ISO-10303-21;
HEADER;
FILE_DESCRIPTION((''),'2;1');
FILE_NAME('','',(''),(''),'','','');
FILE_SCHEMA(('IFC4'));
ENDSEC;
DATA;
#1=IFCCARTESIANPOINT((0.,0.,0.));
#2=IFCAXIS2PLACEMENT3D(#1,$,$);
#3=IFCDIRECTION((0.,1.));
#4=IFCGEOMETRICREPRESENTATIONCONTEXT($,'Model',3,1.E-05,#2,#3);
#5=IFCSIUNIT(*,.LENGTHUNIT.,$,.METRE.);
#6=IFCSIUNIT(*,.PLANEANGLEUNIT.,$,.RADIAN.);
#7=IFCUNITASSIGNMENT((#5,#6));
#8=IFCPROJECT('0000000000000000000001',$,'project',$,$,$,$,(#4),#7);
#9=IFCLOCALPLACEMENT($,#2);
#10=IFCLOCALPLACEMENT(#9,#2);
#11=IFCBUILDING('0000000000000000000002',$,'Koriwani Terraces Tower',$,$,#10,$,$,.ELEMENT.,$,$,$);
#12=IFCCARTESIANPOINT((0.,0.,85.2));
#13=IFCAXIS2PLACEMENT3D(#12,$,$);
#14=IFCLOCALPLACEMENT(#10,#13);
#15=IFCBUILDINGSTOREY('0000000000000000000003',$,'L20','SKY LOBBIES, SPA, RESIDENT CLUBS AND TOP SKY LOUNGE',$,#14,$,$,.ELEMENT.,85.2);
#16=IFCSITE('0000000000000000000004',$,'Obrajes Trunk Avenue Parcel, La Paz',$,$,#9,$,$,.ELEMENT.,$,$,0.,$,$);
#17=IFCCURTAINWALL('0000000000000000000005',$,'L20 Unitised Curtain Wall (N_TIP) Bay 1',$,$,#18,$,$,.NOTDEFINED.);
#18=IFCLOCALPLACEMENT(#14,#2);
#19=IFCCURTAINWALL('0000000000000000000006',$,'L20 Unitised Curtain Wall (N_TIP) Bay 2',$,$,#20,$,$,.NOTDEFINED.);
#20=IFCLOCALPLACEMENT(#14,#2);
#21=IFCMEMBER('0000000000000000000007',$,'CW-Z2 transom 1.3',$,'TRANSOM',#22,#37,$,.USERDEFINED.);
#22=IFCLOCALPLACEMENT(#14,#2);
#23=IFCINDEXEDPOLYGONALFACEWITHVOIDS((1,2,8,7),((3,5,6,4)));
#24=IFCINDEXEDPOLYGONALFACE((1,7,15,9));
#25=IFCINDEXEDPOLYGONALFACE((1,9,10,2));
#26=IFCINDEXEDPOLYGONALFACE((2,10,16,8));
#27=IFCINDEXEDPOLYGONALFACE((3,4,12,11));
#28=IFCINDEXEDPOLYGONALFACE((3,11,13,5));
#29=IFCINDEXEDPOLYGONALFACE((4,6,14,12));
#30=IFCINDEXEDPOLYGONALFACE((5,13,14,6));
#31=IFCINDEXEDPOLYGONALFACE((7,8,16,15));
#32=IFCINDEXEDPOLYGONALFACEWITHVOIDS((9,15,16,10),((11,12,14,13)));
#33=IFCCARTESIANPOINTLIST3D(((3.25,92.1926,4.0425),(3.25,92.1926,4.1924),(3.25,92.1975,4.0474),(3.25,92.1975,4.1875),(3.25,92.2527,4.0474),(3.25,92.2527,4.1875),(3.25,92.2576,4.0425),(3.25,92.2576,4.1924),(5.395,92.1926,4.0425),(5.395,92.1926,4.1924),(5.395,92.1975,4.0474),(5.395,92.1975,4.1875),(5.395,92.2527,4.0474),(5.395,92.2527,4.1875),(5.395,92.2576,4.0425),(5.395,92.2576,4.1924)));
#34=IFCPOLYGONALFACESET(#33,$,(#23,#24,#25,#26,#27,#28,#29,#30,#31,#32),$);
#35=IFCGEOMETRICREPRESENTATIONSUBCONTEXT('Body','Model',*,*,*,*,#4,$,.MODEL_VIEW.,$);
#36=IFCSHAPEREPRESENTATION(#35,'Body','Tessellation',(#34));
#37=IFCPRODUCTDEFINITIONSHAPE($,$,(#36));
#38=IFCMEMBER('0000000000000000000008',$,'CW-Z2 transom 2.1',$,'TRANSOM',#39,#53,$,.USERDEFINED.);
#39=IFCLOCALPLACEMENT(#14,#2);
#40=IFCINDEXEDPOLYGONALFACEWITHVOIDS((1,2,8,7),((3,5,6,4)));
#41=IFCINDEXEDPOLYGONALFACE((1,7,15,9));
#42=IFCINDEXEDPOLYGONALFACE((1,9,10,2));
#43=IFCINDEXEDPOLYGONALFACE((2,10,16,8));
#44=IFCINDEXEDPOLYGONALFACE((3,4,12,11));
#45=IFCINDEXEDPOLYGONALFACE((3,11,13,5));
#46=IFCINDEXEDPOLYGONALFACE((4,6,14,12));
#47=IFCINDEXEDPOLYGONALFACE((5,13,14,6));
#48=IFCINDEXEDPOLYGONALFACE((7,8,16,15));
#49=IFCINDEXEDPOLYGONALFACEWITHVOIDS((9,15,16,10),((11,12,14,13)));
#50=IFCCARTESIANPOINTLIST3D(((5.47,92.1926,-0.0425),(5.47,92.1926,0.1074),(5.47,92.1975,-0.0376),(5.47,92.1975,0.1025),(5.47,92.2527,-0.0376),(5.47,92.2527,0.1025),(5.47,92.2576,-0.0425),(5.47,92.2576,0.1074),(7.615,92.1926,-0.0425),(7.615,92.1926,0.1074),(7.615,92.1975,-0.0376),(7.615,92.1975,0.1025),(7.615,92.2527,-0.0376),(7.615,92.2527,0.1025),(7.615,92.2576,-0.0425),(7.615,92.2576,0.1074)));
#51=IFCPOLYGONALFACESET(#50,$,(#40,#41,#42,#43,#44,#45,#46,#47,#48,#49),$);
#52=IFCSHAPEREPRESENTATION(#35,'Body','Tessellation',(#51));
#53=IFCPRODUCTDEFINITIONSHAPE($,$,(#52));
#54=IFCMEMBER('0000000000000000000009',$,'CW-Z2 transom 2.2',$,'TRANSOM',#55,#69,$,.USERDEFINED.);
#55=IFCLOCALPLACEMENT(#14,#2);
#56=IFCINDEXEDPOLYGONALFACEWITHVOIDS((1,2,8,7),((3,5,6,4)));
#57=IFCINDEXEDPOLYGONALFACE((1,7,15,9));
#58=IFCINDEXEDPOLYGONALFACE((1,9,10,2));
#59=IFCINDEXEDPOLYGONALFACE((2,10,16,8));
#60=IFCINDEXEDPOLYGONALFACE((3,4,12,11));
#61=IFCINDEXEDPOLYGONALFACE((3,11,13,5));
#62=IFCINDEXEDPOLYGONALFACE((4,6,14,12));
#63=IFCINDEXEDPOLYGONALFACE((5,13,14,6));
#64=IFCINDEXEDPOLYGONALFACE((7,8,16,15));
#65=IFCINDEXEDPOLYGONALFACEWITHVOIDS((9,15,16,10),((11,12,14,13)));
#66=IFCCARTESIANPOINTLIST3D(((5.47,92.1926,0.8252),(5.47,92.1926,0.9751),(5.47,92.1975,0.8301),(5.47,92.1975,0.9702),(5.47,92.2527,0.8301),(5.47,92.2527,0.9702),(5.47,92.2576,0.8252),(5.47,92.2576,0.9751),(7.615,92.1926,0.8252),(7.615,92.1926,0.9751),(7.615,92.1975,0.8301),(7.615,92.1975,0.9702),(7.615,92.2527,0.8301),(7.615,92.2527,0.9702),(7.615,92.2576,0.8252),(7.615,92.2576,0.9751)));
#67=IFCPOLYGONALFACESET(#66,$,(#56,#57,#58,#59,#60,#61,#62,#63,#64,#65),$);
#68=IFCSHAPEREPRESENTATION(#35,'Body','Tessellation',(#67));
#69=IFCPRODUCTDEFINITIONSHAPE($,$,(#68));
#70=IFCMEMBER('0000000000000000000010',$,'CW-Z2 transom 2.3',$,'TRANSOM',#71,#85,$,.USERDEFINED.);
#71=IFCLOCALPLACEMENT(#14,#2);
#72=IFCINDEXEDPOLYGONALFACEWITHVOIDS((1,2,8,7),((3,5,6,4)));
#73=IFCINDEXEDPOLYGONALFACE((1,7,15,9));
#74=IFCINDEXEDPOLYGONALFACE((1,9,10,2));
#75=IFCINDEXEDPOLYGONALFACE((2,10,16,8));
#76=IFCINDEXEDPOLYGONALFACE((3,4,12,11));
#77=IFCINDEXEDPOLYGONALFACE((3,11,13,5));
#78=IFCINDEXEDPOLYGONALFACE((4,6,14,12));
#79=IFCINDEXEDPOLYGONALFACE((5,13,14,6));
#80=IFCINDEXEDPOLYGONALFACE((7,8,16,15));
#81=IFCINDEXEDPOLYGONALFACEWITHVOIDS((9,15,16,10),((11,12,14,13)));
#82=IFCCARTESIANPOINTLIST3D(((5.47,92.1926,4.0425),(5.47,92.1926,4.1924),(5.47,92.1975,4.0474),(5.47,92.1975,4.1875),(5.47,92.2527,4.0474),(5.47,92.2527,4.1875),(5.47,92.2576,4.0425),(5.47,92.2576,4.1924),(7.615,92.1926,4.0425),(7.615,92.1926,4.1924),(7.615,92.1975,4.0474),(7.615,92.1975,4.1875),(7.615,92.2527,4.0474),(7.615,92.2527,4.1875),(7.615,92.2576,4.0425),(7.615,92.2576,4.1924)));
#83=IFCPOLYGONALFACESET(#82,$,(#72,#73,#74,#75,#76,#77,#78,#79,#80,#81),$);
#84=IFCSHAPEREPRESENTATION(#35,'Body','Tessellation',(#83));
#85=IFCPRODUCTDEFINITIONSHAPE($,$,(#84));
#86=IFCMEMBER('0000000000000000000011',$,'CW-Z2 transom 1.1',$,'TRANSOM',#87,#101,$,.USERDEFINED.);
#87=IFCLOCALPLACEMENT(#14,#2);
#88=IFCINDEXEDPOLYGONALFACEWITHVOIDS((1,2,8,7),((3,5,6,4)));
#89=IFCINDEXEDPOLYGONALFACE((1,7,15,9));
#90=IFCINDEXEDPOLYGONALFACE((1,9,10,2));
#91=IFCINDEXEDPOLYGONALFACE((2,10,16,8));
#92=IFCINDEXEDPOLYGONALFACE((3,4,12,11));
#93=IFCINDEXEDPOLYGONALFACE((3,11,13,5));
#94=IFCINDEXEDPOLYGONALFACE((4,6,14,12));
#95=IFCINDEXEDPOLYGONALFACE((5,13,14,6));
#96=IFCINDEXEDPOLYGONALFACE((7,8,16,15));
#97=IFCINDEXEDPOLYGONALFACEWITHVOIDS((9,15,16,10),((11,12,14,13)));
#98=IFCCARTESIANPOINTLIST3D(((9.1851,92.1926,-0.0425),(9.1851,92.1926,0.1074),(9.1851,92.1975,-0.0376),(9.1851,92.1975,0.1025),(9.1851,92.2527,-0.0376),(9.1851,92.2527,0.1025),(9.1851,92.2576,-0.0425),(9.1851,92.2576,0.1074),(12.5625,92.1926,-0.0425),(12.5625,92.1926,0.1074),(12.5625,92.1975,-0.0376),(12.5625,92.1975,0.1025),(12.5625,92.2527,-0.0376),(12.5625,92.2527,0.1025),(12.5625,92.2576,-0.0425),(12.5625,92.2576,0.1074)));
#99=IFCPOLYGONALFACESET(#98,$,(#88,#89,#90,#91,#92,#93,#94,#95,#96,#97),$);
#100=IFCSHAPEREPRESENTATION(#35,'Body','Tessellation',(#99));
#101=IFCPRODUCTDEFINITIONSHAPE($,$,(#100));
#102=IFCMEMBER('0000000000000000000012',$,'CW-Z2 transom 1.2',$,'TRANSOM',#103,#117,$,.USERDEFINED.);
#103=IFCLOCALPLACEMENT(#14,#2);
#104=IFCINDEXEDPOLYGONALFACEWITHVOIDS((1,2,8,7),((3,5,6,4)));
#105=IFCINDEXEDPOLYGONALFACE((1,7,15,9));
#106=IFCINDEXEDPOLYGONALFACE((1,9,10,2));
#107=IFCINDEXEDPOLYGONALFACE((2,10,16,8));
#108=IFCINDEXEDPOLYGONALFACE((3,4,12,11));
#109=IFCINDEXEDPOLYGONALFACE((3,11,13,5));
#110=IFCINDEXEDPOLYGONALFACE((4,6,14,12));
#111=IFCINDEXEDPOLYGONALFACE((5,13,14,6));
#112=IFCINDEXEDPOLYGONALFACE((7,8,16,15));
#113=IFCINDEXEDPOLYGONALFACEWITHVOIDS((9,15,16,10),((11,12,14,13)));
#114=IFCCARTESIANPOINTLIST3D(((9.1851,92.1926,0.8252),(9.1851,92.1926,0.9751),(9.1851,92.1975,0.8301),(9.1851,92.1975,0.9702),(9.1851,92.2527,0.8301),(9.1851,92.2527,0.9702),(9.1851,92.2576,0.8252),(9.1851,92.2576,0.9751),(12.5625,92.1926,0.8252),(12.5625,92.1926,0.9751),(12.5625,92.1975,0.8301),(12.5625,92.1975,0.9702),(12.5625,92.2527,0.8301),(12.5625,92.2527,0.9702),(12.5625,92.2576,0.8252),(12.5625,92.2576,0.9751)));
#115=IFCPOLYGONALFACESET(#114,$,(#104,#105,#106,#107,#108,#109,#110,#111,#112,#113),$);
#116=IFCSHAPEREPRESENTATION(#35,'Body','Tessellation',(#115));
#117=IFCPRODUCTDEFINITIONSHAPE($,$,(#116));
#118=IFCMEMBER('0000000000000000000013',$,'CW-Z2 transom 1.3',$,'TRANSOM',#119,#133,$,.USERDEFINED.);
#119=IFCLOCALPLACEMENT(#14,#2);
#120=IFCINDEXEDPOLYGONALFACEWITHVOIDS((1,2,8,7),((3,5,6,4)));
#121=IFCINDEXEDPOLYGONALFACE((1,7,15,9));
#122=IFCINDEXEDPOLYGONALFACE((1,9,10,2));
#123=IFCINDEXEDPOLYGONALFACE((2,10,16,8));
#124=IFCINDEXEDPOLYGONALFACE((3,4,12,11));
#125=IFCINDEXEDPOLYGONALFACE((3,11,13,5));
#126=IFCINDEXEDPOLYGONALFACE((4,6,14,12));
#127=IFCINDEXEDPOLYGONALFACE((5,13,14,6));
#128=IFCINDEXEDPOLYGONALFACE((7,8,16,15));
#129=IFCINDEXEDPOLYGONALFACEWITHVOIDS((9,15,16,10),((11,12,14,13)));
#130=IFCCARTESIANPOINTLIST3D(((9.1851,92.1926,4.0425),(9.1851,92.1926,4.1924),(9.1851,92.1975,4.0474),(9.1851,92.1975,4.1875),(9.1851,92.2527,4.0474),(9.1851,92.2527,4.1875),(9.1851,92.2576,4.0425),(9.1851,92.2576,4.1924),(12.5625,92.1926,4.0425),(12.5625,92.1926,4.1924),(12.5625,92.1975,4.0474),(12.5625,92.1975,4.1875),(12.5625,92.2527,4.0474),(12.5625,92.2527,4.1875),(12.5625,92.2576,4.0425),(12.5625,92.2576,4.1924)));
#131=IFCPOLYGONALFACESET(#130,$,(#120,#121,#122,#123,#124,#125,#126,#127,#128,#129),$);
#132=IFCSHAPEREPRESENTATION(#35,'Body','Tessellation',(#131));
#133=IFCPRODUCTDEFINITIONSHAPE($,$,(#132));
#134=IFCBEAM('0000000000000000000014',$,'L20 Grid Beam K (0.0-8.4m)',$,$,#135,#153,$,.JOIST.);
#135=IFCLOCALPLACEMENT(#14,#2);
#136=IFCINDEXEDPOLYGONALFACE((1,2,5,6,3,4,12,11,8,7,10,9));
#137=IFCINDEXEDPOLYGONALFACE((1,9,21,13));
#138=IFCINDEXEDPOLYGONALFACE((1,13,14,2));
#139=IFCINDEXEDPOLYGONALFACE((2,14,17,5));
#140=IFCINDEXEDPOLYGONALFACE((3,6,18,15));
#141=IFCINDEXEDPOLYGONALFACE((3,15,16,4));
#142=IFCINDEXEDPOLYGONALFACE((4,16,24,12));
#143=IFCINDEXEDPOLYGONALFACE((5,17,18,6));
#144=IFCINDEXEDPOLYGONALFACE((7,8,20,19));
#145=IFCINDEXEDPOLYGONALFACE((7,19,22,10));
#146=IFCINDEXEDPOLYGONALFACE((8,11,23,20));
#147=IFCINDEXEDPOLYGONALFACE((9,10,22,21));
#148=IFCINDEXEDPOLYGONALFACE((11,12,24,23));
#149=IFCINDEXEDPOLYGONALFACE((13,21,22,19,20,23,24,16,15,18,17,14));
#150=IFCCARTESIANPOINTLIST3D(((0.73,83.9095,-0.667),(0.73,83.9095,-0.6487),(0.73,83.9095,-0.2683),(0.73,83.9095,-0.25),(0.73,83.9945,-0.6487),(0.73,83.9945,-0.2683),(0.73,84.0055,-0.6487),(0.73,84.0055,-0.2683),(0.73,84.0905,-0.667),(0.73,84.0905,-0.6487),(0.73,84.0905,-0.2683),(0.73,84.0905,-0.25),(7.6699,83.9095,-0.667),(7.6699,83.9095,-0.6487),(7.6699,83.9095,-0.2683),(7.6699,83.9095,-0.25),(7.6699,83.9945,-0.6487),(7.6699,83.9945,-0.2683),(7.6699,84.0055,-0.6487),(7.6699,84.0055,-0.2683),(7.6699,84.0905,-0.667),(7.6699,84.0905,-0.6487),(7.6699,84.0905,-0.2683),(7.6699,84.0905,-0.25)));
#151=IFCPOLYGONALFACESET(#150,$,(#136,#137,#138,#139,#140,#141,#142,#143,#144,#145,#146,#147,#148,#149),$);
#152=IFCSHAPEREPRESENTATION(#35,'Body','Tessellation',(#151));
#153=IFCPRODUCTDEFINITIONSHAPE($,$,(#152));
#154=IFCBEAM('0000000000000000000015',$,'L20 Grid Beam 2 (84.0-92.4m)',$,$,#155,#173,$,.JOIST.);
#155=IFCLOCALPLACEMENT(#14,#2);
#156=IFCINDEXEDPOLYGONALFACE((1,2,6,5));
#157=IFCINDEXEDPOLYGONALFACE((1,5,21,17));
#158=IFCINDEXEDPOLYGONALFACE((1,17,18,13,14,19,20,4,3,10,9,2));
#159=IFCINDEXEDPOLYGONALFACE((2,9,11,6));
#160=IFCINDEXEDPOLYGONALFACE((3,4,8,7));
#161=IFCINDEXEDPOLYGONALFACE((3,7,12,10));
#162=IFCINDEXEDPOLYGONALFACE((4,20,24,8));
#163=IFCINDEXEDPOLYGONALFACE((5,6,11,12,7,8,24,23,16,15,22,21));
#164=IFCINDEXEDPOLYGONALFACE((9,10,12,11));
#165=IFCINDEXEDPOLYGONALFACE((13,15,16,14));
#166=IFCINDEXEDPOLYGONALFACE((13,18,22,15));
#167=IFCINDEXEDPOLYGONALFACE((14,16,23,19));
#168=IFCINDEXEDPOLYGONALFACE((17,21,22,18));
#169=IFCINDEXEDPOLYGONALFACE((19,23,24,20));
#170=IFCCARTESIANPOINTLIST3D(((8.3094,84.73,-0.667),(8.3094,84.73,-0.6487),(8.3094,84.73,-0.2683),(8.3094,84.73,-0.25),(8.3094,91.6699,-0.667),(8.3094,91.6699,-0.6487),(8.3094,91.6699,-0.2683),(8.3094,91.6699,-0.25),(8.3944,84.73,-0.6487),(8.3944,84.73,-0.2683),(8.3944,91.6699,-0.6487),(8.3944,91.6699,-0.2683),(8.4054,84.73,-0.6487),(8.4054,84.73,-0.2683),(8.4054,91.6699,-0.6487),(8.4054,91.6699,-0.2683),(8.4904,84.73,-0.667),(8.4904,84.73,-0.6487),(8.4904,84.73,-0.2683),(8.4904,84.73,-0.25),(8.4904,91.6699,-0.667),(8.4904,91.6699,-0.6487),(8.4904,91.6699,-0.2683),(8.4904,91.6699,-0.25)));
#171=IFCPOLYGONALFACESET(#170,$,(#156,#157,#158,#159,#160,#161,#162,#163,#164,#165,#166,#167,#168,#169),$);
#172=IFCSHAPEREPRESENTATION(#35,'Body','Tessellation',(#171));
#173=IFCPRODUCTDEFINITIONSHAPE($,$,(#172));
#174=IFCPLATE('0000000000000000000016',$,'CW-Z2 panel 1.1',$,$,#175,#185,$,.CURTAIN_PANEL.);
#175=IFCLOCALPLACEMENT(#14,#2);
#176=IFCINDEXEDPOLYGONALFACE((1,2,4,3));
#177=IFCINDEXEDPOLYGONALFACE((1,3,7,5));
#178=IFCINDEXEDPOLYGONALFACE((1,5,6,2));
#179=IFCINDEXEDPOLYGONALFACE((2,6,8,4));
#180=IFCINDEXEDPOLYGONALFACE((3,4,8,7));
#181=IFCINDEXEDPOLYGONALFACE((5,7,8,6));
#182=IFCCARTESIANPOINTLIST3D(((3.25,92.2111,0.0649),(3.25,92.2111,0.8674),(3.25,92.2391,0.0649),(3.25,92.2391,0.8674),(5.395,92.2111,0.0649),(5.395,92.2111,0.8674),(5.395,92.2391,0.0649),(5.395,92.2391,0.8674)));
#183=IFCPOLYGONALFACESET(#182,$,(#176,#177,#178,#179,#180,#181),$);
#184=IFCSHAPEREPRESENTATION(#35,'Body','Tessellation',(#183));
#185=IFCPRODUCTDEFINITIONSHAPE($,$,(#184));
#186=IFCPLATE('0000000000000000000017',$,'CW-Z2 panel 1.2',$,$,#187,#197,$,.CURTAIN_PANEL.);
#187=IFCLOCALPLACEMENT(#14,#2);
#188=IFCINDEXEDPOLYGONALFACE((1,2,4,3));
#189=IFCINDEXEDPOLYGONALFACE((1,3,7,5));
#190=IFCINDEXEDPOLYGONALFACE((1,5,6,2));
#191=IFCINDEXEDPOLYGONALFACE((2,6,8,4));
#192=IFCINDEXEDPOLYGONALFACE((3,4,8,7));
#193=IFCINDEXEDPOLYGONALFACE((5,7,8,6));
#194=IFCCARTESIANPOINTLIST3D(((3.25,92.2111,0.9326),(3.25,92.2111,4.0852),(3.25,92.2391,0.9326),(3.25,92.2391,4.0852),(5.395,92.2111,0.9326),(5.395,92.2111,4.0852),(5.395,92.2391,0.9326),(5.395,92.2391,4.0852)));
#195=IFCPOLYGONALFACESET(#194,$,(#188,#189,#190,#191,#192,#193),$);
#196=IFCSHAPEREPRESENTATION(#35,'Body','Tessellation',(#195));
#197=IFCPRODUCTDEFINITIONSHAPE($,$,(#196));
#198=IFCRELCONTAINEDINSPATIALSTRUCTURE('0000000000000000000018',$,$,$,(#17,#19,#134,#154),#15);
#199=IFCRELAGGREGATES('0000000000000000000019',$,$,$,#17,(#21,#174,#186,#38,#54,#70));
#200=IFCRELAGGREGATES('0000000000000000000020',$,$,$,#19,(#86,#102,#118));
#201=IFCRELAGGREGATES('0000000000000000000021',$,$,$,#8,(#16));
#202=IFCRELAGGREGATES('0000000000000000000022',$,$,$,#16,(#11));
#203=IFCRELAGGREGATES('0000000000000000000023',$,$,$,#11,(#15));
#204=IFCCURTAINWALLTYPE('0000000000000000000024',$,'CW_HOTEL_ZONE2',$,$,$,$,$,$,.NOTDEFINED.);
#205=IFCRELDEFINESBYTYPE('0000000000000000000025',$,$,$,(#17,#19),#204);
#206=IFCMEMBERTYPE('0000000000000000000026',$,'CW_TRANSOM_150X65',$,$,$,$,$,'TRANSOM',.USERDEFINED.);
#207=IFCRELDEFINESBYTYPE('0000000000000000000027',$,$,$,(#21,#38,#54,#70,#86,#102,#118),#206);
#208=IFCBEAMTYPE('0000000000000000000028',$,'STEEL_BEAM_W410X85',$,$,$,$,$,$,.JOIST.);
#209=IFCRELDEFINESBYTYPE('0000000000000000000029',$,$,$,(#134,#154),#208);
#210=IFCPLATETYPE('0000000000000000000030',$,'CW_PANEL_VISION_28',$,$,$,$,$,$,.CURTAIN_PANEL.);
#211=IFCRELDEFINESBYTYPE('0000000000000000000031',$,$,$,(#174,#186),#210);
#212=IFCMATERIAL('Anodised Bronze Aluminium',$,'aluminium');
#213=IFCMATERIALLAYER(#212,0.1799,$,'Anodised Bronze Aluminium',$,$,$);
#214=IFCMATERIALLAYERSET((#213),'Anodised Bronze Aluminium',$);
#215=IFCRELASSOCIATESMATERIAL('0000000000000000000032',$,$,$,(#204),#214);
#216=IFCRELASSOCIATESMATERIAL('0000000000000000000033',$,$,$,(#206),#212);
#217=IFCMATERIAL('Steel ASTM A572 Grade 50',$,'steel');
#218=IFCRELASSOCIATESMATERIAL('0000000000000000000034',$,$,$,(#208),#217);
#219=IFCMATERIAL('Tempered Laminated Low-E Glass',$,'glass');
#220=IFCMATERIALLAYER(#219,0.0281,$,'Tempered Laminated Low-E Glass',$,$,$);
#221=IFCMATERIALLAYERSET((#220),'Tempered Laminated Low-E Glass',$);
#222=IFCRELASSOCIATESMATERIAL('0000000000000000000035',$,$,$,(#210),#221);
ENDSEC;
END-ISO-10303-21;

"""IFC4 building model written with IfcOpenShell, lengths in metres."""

from ifc_helpers import new_model, si_unit, direction, frame, origin, origin_2d, place, context, subcontext, project, spatial, rectangle, hollow_rectangle, i_section, extrude, material, layer, layer_set, material_profile, profile_set, type_object, element, aggregate, save


model = new_model("IFC4")

# Units and contexts
model_context = context("Model", 3, precision=1e-05, world=origin(), true_north=direction((0.0, 1.0)))
body_context = subcontext(model_context, "Body", "Model", "MODEL_VIEW")
ifc_project = project(units=[si_unit("LENGTHUNIT", "METRE"), si_unit("PLANEANGLEUNIT", "RADIAN")], contexts=[model_context])

# Site, building, storey
site_placement = place(None, origin())
site = spatial("IfcSite", under=ifc_project, at=site_placement, Name="Obrajes Trunk Avenue Parcel, La Paz", CompositionType="ELEMENT", RefElevation=0.0)
building_placement = place(site_placement, origin())
building = spatial("IfcBuilding", under=site, at=building_placement, Name="Koriwani Terraces Tower", CompositionType="ELEMENT")
storey_placement = place(building_placement, frame((0.0, 0.0, 85.2)))
storey = spatial("IfcBuildingStorey", under=building, at=storey_placement, Name="L20", Description="SKY LOBBIES, SPA, RESIDENT CLUBS AND TOP SKY LOUNGE", CompositionType="ELEMENT", Elevation=85.2)

# Curtain wall
ifc_material_1 = material(Name="Anodised Bronze Aluminium", Category="aluminium")
ifc_layer_1 = layer(ifc_material_1, 0.1799, Name="Anodised Bronze Aluminium")
ifc_layer_set_1 = layer_set([ifc_layer_1], Name="Anodised Bronze Aluminium")
curtain_wall_type = type_object("IfcCurtainWallType", Name="CW_HOTEL_ZONE2", PredefinedType="NOTDEFINED", material=ifc_layer_set_1)
curtain_wall_1_placement = place(storey_placement, origin())
curtain_wall_1 = element("IfcCurtainWall", 1, at=curtain_wall_1_placement, inside=storey, type_object=curtain_wall_type, Name="L20 Unitised Curtain Wall (N_TIP) Bay 1", PredefinedType="NOTDEFINED")

# Curtain wall
curtain_wall_2_placement = place(storey_placement, origin())
curtain_wall_2 = element("IfcCurtainWall", 2, at=curtain_wall_2_placement, inside=storey, type_object=curtain_wall_type, Name="L20 Unitised Curtain Wall (N_TIP) Bay 2", PredefinedType="NOTDEFINED")

# Members
ifc_material_profile_1 = material_profile(ifc_material_1, hollow_rectangle(XDim=0.0649, YDim=0.1499, WallThickness=0.0049, at=origin_2d()), Name="Anodised Bronze Aluminium", Category="LoadBearing")
ifc_profile_set_1 = profile_set([ifc_material_profile_1], Name="Anodised Bronze Aluminium")
member_type_1 = type_object("IfcMemberType", Name="CW_TRANSOM_150X65", ElementType="TRANSOM", PredefinedType="USERDEFINED", material=ifc_profile_set_1)
member_1_placement = place(storey_placement, frame((3.25, 92.2251, 4.1174), z_axis=(1.0, 0.0, 0.0), x_axis=(0.0, 1.0, 0.0)))
member_1 = element("IfcMember", 3, at=member_1_placement, type_object=member_type_1, Name="CW-Z2 transom 1.3", ObjectType="TRANSOM", PredefinedType="USERDEFINED", context=body_context, shape_type="SweptSolid", body=[
    extrude(hollow_rectangle(XDim=0.0649, YDim=0.1499, WallThickness=0.0049, at=origin_2d()), origin(), (0.0, 0.0, 1.0), 2.145),
])
member_2_placement = place(storey_placement, frame((5.47, 92.2251, 0.0325), z_axis=(1.0, 0.0, 0.0), x_axis=(0.0, 1.0, 0.0)))
member_2 = element("IfcMember", 4, at=member_2_placement, type_object=member_type_1, Name="CW-Z2 transom 2.1", ObjectType="TRANSOM", PredefinedType="USERDEFINED", context=body_context, shape_type="SweptSolid", body=[
    extrude(hollow_rectangle(XDim=0.0649, YDim=0.1499, WallThickness=0.0049, at=origin_2d()), origin(), (0.0, 0.0, 1.0), 2.145),
])
member_3_placement = place(storey_placement, frame((5.47, 92.2251, 0.9001), z_axis=(1.0, 0.0, 0.0), x_axis=(0.0, 1.0, 0.0)))
member_3 = element("IfcMember", 5, at=member_3_placement, type_object=member_type_1, Name="CW-Z2 transom 2.2", ObjectType="TRANSOM", PredefinedType="USERDEFINED", context=body_context, shape_type="SweptSolid", body=[
    extrude(hollow_rectangle(XDim=0.0649, YDim=0.1499, WallThickness=0.0049, at=origin_2d()), origin(), (0.0, 0.0, 1.0), 2.145),
])
member_4_placement = place(storey_placement, frame((5.47, 92.2251, 4.1174), z_axis=(1.0, 0.0, 0.0), x_axis=(0.0, 1.0, 0.0)))
member_4 = element("IfcMember", 6, at=member_4_placement, type_object=member_type_1, Name="CW-Z2 transom 2.3", ObjectType="TRANSOM", PredefinedType="USERDEFINED", context=body_context, shape_type="SweptSolid", body=[
    extrude(hollow_rectangle(XDim=0.0649, YDim=0.1499, WallThickness=0.0049, at=origin_2d()), origin(), (0.0, 0.0, 1.0), 2.145),
])
member_5_placement = place(storey_placement, frame((9.1851, 92.2251, 0.0325), z_axis=(1.0, 0.0, 0.0), x_axis=(0.0, 1.0, 0.0)))
member_5 = element("IfcMember", 7, at=member_5_placement, type_object=member_type_1, Name="CW-Z2 transom 1.1", ObjectType="TRANSOM", PredefinedType="USERDEFINED", context=body_context, shape_type="SweptSolid", body=[
    extrude(hollow_rectangle(XDim=0.0649, YDim=0.1499, WallThickness=0.0049, at=origin_2d()), origin(), (0.0, 0.0, 1.0), 3.3774),
])
member_6_placement = place(storey_placement, frame((9.1851, 92.2251, 0.9001), z_axis=(1.0, 0.0, 0.0), x_axis=(0.0, 1.0, 0.0)))
member_6 = element("IfcMember", 8, at=member_6_placement, type_object=member_type_1, Name="CW-Z2 transom 1.2", ObjectType="TRANSOM", PredefinedType="USERDEFINED", context=body_context, shape_type="SweptSolid", body=[
    extrude(hollow_rectangle(XDim=0.0649, YDim=0.1499, WallThickness=0.0049, at=origin_2d()), origin(), (0.0, 0.0, 1.0), 3.3774),
])
member_7_placement = place(storey_placement, frame((9.1851, 92.2251, 4.1174), z_axis=(1.0, 0.0, 0.0), x_axis=(0.0, 1.0, 0.0)))
member_7 = element("IfcMember", 9, at=member_7_placement, type_object=member_type_1, Name="CW-Z2 transom 1.3", ObjectType="TRANSOM", PredefinedType="USERDEFINED", context=body_context, shape_type="SweptSolid", body=[
    extrude(hollow_rectangle(XDim=0.0649, YDim=0.1499, WallThickness=0.0049, at=origin_2d()), origin(), (0.0, 0.0, 1.0), 3.3774),
])

# Beams
ifc_material_2 = material(Name="Steel ASTM A572 Grade 50", Category="steel")
ifc_material_profile_2 = material_profile(ifc_material_2, i_section(OverallWidth=0.1809, OverallDepth=0.417, WebThickness=0.011, FlangeThickness=0.0183, at=origin_2d()), Name="Steel ASTM A572 Grade 50", Category="LoadBearing")
ifc_profile_set_2 = profile_set([ifc_material_profile_2], Name="Steel ASTM A572 Grade 50")
beam_type_1 = type_object("IfcBeamType", Name="STEEL_BEAM_W410X85", PredefinedType="JOIST", material=ifc_profile_set_2)
for number, where, z_axis, x_axis, name in (
    (10, (0.73, 84.0, -0.4585), (1.0, 0.0, 0.0), (0.0, 1.0, 0.0), "L20 Grid Beam K (0.0-8.4m)"),
    (11, (8.3999, 84.73, -0.4585), (0.0, 1.0, 0.0), (-1.0, 0.0, 0.0), "L20 Grid Beam 2 (84.0-92.4m)"),
):
    element("IfcBeam", number, at=place(storey_placement, frame(where, z_axis=z_axis, x_axis=x_axis)), inside=storey, type_object=beam_type_1, Name=name, PredefinedType="JOIST", context=body_context, shape_type="SweptSolid", body=[
        extrude(i_section(OverallWidth=0.1809, OverallDepth=0.417, WebThickness=0.011, FlangeThickness=0.0183, at=origin_2d()), origin(), (0.0, 0.0, 1.0), 6.9399),
    ])

# Plates
ifc_material_3 = material(Name="Tempered Laminated Low-E Glass", Category="glass")
ifc_layer_2 = layer(ifc_material_3, 0.0281, Name="Tempered Laminated Low-E Glass")
ifc_layer_set_2 = layer_set([ifc_layer_2], Name="Tempered Laminated Low-E Glass")
plate_type = type_object("IfcPlateType", Name="CW_PANEL_VISION_28", PredefinedType="CURTAIN_PANEL", material=ifc_layer_set_2)
plate_1_placement = place(storey_placement, frame((4.3225, 92.2251, 0.0649), z_axis=(0.0, 0.0, 1.0), x_axis=(1.0, 0.0, 0.0)))
plate_1 = element("IfcPlate", 12, at=plate_1_placement, type_object=plate_type, Name="CW-Z2 panel 1.1", PredefinedType="CURTAIN_PANEL", context=body_context, shape_type="SweptSolid", body=[
    extrude(rectangle(XDim=2.145, YDim=0.0281, at=origin_2d()), origin(), (0.0, 0.0, 1.0), 0.8025),
])
plate_2_placement = place(storey_placement, frame((4.3225, 92.2251, 0.9326), z_axis=(0.0, 0.0, 1.0), x_axis=(1.0, 0.0, 0.0)))
plate_2 = element("IfcPlate", 13, at=plate_2_placement, type_object=plate_type, Name="CW-Z2 panel 1.2", PredefinedType="CURTAIN_PANEL", context=body_context, shape_type="SweptSolid", body=[
    extrude(rectangle(XDim=2.145, YDim=0.0281, at=origin_2d()), origin(), (0.0, 0.0, 1.0), 3.1526),
])
aggregate(curtain_wall_1, [member_1, plate_1, plate_2, member_2, member_3, member_4])
aggregate(curtain_wall_2, [member_5, member_6, member_7])

save(model, "model.ifc")
